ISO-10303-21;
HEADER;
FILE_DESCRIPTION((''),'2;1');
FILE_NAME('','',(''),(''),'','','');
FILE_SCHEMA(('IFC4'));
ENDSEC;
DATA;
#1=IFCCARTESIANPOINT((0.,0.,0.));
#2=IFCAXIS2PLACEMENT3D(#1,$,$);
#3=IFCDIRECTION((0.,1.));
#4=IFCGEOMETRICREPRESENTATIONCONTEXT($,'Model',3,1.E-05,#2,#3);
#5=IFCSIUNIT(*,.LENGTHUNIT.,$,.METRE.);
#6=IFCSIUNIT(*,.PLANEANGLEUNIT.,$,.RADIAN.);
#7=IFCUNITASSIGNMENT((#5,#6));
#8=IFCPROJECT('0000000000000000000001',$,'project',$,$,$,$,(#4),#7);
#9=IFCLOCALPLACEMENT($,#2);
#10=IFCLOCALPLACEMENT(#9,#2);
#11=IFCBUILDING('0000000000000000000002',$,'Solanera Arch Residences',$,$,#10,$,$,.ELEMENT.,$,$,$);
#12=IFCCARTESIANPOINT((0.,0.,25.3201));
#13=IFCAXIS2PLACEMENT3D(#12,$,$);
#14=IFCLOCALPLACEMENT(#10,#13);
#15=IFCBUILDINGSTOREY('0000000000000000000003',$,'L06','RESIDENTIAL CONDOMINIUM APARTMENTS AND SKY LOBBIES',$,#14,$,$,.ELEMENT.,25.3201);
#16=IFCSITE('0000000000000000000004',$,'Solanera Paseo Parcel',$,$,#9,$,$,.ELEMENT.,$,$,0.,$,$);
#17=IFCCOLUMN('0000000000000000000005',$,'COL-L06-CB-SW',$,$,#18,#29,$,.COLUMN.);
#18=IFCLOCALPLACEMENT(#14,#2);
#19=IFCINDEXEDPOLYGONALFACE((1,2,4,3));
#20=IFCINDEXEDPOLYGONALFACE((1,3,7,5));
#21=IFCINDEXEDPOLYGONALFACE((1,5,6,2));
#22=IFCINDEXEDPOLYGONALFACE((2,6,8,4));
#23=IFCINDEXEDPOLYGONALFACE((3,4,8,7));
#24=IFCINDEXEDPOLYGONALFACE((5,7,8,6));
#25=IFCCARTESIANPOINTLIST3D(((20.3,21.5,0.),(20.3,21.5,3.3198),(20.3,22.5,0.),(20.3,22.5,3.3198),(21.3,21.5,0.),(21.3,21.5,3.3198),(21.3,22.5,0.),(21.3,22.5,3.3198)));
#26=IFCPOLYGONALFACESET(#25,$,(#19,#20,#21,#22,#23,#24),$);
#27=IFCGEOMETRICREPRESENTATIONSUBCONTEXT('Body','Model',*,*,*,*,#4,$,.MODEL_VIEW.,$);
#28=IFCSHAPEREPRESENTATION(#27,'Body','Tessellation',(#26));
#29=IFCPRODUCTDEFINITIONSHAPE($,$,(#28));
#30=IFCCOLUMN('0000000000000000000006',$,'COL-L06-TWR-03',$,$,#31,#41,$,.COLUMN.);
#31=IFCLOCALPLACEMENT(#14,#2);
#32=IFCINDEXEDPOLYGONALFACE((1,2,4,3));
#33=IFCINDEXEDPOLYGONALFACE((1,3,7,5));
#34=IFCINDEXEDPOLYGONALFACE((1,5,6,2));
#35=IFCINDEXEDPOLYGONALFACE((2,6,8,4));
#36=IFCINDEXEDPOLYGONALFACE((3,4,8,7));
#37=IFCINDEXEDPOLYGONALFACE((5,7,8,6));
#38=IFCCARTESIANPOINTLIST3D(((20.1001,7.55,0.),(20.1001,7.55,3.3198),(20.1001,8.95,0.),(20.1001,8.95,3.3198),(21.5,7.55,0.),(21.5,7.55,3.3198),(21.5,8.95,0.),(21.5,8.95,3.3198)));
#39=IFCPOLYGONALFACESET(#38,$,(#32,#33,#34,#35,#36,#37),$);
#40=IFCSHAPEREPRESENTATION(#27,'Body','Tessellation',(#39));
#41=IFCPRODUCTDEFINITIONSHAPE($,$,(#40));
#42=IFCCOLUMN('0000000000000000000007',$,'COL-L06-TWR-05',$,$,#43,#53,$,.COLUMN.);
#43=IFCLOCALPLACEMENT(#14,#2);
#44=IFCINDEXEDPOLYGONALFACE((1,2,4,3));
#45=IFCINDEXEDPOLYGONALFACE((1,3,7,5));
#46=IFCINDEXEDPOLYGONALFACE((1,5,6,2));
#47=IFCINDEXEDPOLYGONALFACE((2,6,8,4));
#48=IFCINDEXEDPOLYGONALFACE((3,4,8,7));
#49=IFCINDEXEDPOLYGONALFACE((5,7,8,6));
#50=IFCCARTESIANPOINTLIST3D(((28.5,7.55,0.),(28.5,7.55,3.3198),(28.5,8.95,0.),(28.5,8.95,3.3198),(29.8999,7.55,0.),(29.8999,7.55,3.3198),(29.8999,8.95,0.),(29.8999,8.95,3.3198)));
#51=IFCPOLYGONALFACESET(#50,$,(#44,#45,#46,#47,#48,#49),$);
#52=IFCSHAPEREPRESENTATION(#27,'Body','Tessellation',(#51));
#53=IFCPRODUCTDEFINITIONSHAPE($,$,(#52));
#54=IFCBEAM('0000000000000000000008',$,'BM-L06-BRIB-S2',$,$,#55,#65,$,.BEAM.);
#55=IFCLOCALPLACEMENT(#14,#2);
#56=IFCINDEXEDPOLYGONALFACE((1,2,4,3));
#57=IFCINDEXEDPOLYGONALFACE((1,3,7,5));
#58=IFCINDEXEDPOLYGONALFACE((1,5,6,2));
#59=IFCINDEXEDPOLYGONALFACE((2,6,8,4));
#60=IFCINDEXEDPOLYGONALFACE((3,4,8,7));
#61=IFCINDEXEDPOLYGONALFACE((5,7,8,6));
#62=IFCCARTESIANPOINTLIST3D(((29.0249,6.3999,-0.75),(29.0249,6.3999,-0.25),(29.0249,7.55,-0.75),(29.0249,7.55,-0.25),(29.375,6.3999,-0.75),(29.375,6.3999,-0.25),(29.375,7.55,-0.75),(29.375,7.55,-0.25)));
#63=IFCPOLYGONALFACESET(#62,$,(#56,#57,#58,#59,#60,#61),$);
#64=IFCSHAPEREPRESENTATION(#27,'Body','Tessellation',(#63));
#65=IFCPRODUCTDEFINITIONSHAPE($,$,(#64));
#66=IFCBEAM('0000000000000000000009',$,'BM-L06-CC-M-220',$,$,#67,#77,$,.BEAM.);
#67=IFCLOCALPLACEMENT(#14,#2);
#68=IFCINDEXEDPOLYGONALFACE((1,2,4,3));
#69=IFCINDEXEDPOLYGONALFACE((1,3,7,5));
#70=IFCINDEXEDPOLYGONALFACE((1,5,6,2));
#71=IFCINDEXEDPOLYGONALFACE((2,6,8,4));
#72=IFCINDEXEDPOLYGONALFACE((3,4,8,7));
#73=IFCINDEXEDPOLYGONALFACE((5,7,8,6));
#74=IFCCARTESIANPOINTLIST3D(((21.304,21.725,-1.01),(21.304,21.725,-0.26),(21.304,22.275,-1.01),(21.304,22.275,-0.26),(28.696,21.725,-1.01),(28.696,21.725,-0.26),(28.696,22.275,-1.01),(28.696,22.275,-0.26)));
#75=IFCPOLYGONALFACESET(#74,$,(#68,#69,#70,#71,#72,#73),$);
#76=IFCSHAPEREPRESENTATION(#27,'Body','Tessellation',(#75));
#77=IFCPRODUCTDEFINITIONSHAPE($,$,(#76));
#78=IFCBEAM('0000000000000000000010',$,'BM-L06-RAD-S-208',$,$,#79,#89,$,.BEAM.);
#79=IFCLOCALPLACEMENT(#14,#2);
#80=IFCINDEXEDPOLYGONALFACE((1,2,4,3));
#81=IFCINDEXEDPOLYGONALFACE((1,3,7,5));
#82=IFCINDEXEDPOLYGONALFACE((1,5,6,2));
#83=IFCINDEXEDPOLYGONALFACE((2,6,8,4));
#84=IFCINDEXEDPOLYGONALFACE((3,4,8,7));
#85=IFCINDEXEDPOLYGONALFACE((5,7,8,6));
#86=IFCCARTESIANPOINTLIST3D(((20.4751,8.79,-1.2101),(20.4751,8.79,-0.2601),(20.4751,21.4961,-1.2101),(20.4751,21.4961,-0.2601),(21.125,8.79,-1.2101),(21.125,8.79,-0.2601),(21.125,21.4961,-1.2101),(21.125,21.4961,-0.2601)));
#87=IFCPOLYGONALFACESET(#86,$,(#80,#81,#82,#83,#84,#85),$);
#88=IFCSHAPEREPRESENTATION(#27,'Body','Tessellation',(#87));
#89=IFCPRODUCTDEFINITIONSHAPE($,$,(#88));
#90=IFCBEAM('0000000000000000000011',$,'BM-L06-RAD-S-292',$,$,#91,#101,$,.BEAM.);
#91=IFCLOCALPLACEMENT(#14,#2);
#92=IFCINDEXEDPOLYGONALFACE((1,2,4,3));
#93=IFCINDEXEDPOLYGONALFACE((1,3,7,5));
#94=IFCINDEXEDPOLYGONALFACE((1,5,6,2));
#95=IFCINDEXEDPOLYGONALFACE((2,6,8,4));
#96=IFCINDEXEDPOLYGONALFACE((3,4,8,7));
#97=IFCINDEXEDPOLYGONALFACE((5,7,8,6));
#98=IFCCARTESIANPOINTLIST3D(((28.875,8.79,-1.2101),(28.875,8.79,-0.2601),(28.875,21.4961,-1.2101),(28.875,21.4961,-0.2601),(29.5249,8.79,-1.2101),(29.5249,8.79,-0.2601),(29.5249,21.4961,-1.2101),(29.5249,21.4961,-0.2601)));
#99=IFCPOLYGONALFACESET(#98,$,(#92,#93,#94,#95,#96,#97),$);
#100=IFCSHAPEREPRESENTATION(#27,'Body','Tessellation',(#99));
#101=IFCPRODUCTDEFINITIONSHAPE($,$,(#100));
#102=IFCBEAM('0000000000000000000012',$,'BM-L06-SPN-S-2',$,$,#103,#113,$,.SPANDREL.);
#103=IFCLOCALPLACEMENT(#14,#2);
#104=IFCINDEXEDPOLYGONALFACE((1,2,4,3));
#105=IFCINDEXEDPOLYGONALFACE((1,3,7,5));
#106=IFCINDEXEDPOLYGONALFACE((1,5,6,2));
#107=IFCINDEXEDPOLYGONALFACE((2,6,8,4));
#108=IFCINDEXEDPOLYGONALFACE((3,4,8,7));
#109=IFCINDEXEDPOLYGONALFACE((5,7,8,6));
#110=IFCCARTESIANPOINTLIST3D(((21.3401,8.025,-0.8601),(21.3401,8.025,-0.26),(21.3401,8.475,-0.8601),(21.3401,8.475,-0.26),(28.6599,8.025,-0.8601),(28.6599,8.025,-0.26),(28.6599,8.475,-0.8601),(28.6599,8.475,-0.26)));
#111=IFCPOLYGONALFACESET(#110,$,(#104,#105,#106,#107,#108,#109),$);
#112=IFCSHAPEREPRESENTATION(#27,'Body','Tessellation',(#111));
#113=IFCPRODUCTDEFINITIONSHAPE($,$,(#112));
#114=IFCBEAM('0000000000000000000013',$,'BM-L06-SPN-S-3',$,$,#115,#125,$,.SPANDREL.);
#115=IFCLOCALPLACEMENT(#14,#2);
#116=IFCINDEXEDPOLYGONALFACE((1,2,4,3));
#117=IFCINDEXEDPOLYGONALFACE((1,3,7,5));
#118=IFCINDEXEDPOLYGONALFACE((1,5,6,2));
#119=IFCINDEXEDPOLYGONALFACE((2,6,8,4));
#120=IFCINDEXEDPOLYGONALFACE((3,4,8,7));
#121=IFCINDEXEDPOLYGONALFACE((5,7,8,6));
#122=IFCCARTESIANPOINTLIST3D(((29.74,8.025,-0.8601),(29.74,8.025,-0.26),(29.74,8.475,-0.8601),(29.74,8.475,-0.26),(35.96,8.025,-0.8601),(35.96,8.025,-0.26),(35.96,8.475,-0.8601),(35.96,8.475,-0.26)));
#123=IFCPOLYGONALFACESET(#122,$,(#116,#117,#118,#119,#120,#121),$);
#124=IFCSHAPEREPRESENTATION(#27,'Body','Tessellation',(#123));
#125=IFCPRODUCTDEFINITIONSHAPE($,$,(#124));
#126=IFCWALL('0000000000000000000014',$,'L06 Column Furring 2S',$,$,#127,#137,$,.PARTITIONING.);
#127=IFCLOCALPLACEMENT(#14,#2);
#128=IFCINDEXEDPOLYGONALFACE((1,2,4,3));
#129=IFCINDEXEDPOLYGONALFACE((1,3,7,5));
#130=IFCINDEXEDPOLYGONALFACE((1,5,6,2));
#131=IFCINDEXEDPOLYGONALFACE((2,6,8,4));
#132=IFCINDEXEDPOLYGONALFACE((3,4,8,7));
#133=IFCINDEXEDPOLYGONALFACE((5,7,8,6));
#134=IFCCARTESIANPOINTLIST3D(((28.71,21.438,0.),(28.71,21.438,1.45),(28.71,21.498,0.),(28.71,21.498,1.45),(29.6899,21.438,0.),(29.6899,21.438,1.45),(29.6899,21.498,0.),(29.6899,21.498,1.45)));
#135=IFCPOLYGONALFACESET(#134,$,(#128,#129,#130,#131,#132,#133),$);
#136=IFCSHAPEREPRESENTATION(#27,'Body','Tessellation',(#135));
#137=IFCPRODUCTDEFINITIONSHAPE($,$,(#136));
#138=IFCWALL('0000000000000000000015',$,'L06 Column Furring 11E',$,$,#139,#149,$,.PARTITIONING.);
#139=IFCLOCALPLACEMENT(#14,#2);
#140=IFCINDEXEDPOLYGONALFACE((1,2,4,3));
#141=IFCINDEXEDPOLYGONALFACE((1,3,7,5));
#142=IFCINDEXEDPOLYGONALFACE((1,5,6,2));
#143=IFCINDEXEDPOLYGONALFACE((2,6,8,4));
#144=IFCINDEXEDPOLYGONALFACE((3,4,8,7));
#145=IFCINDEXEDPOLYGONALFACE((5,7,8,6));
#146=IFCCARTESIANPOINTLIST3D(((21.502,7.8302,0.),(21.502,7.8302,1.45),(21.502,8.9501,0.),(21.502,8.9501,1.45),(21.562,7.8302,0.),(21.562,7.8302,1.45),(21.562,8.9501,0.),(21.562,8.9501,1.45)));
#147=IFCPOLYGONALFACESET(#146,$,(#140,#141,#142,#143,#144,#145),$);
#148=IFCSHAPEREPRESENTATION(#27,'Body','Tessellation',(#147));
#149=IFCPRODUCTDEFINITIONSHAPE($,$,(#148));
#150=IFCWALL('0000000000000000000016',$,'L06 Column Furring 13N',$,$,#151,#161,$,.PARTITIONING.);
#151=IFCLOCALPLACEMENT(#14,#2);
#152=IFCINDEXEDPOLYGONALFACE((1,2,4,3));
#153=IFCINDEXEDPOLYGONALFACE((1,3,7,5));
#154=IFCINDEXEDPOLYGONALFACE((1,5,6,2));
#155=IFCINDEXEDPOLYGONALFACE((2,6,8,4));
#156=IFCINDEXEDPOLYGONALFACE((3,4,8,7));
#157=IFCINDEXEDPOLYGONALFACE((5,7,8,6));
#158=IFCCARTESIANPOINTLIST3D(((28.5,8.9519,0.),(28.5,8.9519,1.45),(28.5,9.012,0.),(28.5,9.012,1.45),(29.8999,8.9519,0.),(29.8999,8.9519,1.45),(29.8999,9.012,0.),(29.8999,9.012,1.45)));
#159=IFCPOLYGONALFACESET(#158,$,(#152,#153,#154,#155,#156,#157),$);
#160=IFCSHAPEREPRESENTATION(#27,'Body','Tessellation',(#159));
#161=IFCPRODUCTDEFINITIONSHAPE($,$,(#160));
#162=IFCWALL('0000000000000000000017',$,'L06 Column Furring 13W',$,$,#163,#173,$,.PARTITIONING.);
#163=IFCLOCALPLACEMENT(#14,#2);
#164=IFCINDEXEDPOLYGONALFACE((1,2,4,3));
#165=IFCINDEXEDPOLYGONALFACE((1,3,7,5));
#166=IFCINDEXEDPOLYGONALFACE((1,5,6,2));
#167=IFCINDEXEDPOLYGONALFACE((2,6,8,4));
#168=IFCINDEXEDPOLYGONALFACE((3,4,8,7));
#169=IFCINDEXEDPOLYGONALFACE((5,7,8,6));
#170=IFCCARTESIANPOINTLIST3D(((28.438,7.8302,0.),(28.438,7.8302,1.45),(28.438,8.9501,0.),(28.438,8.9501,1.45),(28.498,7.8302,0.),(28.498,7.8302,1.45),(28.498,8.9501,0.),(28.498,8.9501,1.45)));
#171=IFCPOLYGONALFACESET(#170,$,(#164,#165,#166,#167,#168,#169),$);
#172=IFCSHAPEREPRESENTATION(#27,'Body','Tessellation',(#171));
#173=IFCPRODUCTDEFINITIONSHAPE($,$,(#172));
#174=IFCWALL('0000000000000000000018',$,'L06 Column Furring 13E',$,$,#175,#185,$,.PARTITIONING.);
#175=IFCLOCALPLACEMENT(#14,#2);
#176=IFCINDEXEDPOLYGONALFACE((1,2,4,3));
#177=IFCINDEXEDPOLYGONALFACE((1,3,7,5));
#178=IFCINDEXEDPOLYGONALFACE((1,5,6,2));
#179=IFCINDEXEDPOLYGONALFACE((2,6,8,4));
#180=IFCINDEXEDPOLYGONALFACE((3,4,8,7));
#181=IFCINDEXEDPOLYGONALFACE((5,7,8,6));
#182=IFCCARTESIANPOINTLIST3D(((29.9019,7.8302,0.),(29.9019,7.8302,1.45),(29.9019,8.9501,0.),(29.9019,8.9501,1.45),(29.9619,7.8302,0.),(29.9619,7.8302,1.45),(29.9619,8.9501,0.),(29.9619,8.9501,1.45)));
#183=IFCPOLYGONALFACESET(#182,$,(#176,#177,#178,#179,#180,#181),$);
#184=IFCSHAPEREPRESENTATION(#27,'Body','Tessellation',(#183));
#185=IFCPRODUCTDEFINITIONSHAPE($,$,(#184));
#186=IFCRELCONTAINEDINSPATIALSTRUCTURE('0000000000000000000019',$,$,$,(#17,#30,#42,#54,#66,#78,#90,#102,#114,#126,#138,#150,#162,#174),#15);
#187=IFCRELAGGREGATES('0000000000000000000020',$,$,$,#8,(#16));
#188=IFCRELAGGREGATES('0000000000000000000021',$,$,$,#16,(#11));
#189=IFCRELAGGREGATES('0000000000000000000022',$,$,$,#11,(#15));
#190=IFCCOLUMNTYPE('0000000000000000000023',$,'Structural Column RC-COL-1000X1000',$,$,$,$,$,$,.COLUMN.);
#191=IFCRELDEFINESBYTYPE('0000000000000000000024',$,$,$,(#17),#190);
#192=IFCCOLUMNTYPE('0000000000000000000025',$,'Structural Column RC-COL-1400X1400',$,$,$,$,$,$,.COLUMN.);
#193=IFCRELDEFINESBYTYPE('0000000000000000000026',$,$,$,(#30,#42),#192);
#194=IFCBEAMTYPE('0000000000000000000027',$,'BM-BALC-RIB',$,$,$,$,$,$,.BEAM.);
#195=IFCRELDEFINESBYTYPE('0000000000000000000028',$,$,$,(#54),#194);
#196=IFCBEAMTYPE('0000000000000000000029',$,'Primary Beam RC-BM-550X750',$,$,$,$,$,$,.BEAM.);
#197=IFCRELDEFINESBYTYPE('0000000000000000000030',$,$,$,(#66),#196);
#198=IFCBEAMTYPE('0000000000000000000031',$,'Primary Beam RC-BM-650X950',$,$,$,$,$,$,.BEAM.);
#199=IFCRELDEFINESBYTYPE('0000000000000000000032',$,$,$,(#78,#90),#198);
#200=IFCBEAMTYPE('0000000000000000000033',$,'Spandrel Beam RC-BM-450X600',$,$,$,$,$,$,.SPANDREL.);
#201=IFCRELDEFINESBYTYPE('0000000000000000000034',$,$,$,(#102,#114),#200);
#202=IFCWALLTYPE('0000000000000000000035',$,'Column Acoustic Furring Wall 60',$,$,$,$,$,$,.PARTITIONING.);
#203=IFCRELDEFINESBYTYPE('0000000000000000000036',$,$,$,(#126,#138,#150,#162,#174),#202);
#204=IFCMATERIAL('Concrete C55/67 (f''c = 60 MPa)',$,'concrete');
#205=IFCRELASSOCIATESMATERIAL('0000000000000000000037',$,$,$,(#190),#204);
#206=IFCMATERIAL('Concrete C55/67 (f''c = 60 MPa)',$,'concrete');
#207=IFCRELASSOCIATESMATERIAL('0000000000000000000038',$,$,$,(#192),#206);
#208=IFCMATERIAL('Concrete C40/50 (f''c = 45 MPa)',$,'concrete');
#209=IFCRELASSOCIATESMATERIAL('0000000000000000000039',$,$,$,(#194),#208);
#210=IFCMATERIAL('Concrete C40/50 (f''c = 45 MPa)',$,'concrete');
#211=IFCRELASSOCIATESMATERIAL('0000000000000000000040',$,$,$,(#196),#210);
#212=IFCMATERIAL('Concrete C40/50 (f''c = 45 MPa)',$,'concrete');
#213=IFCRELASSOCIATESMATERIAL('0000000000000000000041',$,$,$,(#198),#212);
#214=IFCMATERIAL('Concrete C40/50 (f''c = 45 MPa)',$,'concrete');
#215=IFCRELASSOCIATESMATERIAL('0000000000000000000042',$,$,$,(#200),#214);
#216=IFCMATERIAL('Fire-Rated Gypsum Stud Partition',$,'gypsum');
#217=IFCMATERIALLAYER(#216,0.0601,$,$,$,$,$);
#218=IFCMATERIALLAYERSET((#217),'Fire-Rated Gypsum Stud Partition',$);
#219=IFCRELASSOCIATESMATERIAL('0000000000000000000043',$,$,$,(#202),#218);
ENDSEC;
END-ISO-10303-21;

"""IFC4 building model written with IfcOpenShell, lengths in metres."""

from ifc_helpers import new_model, si_unit, direction, frame, frame_2d, origin, origin_2d, place, context, subcontext, project, spatial, rectangle, extrude, material, layer, layer_set, material_profile, profile_set, type_object, element, save


model = new_model("IFC4")

# Units and contexts
model_context = context("Model", 3, precision=1e-05, world=origin(), true_north=direction((0.0, 1.0)))
body_context = subcontext(model_context, "Body", "Model", "MODEL_VIEW")
ifc_project = project(units=[si_unit("LENGTHUNIT", "METRE"), si_unit("PLANEANGLEUNIT", "RADIAN")], contexts=[model_context])

# Site, building, storey
site_placement = place(None, origin())
site = spatial("IfcSite", under=ifc_project, at=site_placement, Name="Solanera Paseo Parcel", CompositionType="ELEMENT", RefElevation=0.0)
building_placement = place(site_placement, origin())
building = spatial("IfcBuilding", under=site, at=building_placement, Name="Solanera Arch Residences", CompositionType="ELEMENT")
storey_placement = place(building_placement, frame((0.0, 0.0, 25.3201)))
storey = spatial("IfcBuildingStorey", under=building, at=storey_placement, Name="L06", Description="RESIDENTIAL CONDOMINIUM APARTMENTS AND SKY LOBBIES", CompositionType="ELEMENT", Elevation=25.3201)

# Columns
ifc_material_1 = material(Name="Concrete C55/67 (f'c = 60 MPa)", Category="concrete")
ifc_material_profile_1 = material_profile(ifc_material_1, rectangle(XDim=1.0, YDim=1.0, at=origin_2d()))
ifc_profile_set_1 = profile_set([ifc_material_profile_1], Name="Concrete C55/67 (f'c = 60 MPa)")
column_type_1 = type_object("IfcColumnType", Name="Structural Column RC-COL-1000X1000", PredefinedType="COLUMN", material=ifc_profile_set_1)
column_placement = place(storey_placement, frame((20.8, 22.0, 0.0), z_axis=(0.0, 0.0, 1.0), x_axis=(1.0, 0.0, 0.0)))
element("IfcColumn", 1, at=column_placement, inside=storey, type_object=column_type_1, Name="COL-L06-CB-SW", PredefinedType="COLUMN", context=body_context, shape_type="SweptSolid", body=[
    extrude(rectangle(XDim=1.0, YDim=1.0, at=origin_2d()), origin(), (0.0, 0.0, 1.0), 3.3198),
])
ifc_material_2 = material(Name="Concrete C55/67 (f'c = 60 MPa)", Category="concrete")
ifc_material_profile_2 = material_profile(ifc_material_2, rectangle(XDim=1.3999, YDim=1.3999, at=origin_2d()))
ifc_profile_set_2 = profile_set([ifc_material_profile_2], Name="Concrete C55/67 (f'c = 60 MPa)")
column_type_2 = type_object("IfcColumnType", Name="Structural Column RC-COL-1400X1400", PredefinedType="COLUMN", material=ifc_profile_set_2)
for number, where, z_axis, x_axis, name in (
    (2, (20.8, 8.25, 0.0), (0.0, 0.0, 1.0), (1.0, 0.0, 0.0), "COL-L06-TWR-03"),
    (3, (29.2, 8.25, 0.0), (0.0, 0.0, 1.0), (1.0, 0.0, 0.0), "COL-L06-TWR-05"),
):
    element("IfcColumn", number, at=place(storey_placement, frame(where, z_axis=z_axis, x_axis=x_axis)), inside=storey, type_object=column_type_2, Name=name, PredefinedType="COLUMN", context=body_context, shape_type="SweptSolid", body=[
        extrude(rectangle(XDim=1.3999, YDim=1.3999, at=origin_2d()), origin(), (0.0, 0.0, 1.0), 3.3198),
    ])

# Beams
ifc_material_3 = material(Name="Concrete C40/50 (f'c = 45 MPa)", Category="concrete")
ifc_material_profile_3 = material_profile(ifc_material_3, rectangle(XDim=0.3501, YDim=0.5, at=origin_2d()))
ifc_profile_set_3 = profile_set([ifc_material_profile_3], Name="Concrete C40/50 (f'c = 45 MPa)")
beam_type_1 = type_object("IfcBeamType", Name="BM-BALC-RIB", PredefinedType="BEAM", material=ifc_profile_set_3)
beam_1_placement = place(storey_placement, frame((29.2, 6.3999, -0.5), z_axis=(0.0, 1.0, 0.0), x_axis=(-1.0, 0.0, 0.0)))
element("IfcBeam", 4, at=beam_1_placement, inside=storey, type_object=beam_type_1, Name="BM-L06-BRIB-S2", PredefinedType="BEAM", context=body_context, shape_type="SweptSolid", body=[
    extrude(rectangle(XDim=0.3501, YDim=0.5, at=origin_2d()), origin(), (0.0, 0.0, 1.0), 1.1501),
])
ifc_material_4 = material(Name="Concrete C40/50 (f'c = 45 MPa)", Category="concrete")
ifc_material_profile_4 = material_profile(ifc_material_4, rectangle(XDim=0.55, YDim=0.75, at=origin_2d()))
ifc_profile_set_4 = profile_set([ifc_material_profile_4], Name="Concrete C40/50 (f'c = 45 MPa)")
beam_type_2 = type_object("IfcBeamType", Name="Primary Beam RC-BM-550X750", PredefinedType="BEAM", material=ifc_profile_set_4)
beam_2_placement = place(storey_placement, frame((21.304, 22.0, -0.635), z_axis=(1.0, 0.0, 0.0), x_axis=(0.0, 1.0, 0.0)))
element("IfcBeam", 5, at=beam_2_placement, inside=storey, type_object=beam_type_2, Name="BM-L06-CC-M-220", PredefinedType="BEAM", context=body_context, shape_type="SweptSolid", body=[
    extrude(rectangle(XDim=0.55, YDim=0.75, at=origin_2d()), origin(), (0.0, 0.0, 1.0), 7.3921),
])
ifc_material_5 = material(Name="Concrete C40/50 (f'c = 45 MPa)", Category="concrete")
ifc_material_profile_5 = material_profile(ifc_material_5, rectangle(XDim=0.6499, YDim=0.95, at=origin_2d()))
ifc_profile_set_5 = profile_set([ifc_material_profile_5], Name="Concrete C40/50 (f'c = 45 MPa)")
beam_type_3 = type_object("IfcBeamType", Name="Primary Beam RC-BM-650X950", PredefinedType="BEAM", material=ifc_profile_set_5)
for number, where, z_axis, x_axis, name in (
    (6, (20.8, 8.79, -0.7351), (0.0, 1.0, 0.0), (-1.0, 0.0, 0.0), "BM-L06-RAD-S-208"),
    (7, (29.2, 8.79, -0.7351), (0.0, 1.0, 0.0), (-1.0, 0.0, 0.0), "BM-L06-RAD-S-292"),
):
    element("IfcBeam", number, at=place(storey_placement, frame(where, z_axis=z_axis, x_axis=x_axis)), inside=storey, type_object=beam_type_3, Name=name, PredefinedType="BEAM", context=body_context, shape_type="SweptSolid", body=[
        extrude(rectangle(XDim=0.6499, YDim=0.95, at=origin_2d()), origin(), (0.0, 0.0, 1.0), 12.7061),
    ])
ifc_material_6 = material(Name="Concrete C40/50 (f'c = 45 MPa)", Category="concrete")
ifc_material_profile_6 = material_profile(ifc_material_6, rectangle(XDim=0.45, YDim=0.6001, at=origin_2d()))
ifc_profile_set_6 = profile_set([ifc_material_profile_6], Name="Concrete C40/50 (f'c = 45 MPa)")
beam_type_4 = type_object("IfcBeamType", Name="Spandrel Beam RC-BM-450X600", PredefinedType="SPANDREL", material=ifc_profile_set_6)
beam_3_placement = place(storey_placement, frame((21.3401, 8.25, -0.5601), z_axis=(1.0, 0.0, 0.0), x_axis=(0.0, 1.0, 0.0)))
element("IfcBeam", 8, at=beam_3_placement, inside=storey, type_object=beam_type_4, Name="BM-L06-SPN-S-2", PredefinedType="SPANDREL", context=body_context, shape_type="SweptSolid", body=[
    extrude(rectangle(XDim=0.45, YDim=0.6001, at=origin_2d()), origin(), (0.0, 0.0, 1.0), 7.3198),
])
beam_4_placement = place(storey_placement, frame((29.74, 8.25, -0.5601), z_axis=(1.0, 0.0, 0.0), x_axis=(0.0, 1.0, 0.0)))
element("IfcBeam", 9, at=beam_4_placement, inside=storey, type_object=beam_type_4, Name="BM-L06-SPN-S-3", PredefinedType="SPANDREL", context=body_context, shape_type="SweptSolid", body=[
    extrude(rectangle(XDim=0.45, YDim=0.6001, at=origin_2d()), origin(), (0.0, 0.0, 1.0), 6.22),
])

# Walls
ifc_material_7 = material(Name="Fire-Rated Gypsum Stud Partition", Category="gypsum")
ifc_layer_1 = layer(ifc_material_7, 0.0601)
ifc_layer_set_1 = layer_set([ifc_layer_1], Name="Fire-Rated Gypsum Stud Partition")
wall_type_1 = type_object("IfcWallType", Name="Column Acoustic Furring Wall 60", PredefinedType="PARTITIONING", material=ifc_layer_set_1)
wall_1_placement = place(storey_placement, frame((28.71, 21.468, 0.0), z_axis=(0.0, 0.0, 1.0), x_axis=(1.0, 0.0, 0.0)))
element("IfcWall", 10, at=wall_1_placement, inside=storey, type_object=wall_type_1, Name="L06 Column Furring 2S", PredefinedType="PARTITIONING", context=body_context, shape_type="SweptSolid", body=[
    extrude(rectangle(XDim=0.98, YDim=0.0601, at=frame_2d((0.49, 0.0))), origin(), (0.0, 0.0, 1.0), 1.45),
])
wall_2_placement = place(storey_placement, frame((21.532, 7.8301, 0.0), z_axis=(0.0, 0.0, 1.0), x_axis=(0.0, 1.0, 0.0)))
element("IfcWall", 11, at=wall_2_placement, inside=storey, type_object=wall_type_1, Name="L06 Column Furring 11E", PredefinedType="PARTITIONING", context=body_context, shape_type="SweptSolid", body=[
    extrude(rectangle(XDim=1.1199, YDim=0.0601, at=frame_2d((0.5601, 0.0))), origin(), (0.0, 0.0, 1.0), 1.45),
])
wall_3_placement = place(storey_placement, frame((28.5, 8.9819, 0.0), z_axis=(0.0, 0.0, 1.0), x_axis=(1.0, 0.0, 0.0)))
element("IfcWall", 12, at=wall_3_placement, inside=storey, type_object=wall_type_1, Name="L06 Column Furring 13N", PredefinedType="PARTITIONING", context=body_context, shape_type="SweptSolid", body=[
    extrude(rectangle(XDim=1.3999, YDim=0.0601, at=frame_2d((0.7, 0.0))), origin(), (0.0, 0.0, 1.0), 1.45),
])
for number, where, z_axis, x_axis, name in (
    (13, (28.468, 7.8301, 0.0), (0.0, 0.0, 1.0), (0.0, 1.0, 0.0), "L06 Column Furring 13W"),
    (14, (29.9319, 7.8301, 0.0), (0.0, 0.0, 1.0), (0.0, 1.0, 0.0), "L06 Column Furring 13E"),
):
    element("IfcWall", number, at=place(storey_placement, frame(where, z_axis=z_axis, x_axis=x_axis)), inside=storey, type_object=wall_type_1, Name=name, PredefinedType="PARTITIONING", context=body_context, shape_type="SweptSolid", body=[
        extrude(rectangle(XDim=1.1199, YDim=0.0601, at=frame_2d((0.5601, 0.0))), origin(), (0.0, 0.0, 1.0), 1.45),
    ])

save(model, "model.ifc")
